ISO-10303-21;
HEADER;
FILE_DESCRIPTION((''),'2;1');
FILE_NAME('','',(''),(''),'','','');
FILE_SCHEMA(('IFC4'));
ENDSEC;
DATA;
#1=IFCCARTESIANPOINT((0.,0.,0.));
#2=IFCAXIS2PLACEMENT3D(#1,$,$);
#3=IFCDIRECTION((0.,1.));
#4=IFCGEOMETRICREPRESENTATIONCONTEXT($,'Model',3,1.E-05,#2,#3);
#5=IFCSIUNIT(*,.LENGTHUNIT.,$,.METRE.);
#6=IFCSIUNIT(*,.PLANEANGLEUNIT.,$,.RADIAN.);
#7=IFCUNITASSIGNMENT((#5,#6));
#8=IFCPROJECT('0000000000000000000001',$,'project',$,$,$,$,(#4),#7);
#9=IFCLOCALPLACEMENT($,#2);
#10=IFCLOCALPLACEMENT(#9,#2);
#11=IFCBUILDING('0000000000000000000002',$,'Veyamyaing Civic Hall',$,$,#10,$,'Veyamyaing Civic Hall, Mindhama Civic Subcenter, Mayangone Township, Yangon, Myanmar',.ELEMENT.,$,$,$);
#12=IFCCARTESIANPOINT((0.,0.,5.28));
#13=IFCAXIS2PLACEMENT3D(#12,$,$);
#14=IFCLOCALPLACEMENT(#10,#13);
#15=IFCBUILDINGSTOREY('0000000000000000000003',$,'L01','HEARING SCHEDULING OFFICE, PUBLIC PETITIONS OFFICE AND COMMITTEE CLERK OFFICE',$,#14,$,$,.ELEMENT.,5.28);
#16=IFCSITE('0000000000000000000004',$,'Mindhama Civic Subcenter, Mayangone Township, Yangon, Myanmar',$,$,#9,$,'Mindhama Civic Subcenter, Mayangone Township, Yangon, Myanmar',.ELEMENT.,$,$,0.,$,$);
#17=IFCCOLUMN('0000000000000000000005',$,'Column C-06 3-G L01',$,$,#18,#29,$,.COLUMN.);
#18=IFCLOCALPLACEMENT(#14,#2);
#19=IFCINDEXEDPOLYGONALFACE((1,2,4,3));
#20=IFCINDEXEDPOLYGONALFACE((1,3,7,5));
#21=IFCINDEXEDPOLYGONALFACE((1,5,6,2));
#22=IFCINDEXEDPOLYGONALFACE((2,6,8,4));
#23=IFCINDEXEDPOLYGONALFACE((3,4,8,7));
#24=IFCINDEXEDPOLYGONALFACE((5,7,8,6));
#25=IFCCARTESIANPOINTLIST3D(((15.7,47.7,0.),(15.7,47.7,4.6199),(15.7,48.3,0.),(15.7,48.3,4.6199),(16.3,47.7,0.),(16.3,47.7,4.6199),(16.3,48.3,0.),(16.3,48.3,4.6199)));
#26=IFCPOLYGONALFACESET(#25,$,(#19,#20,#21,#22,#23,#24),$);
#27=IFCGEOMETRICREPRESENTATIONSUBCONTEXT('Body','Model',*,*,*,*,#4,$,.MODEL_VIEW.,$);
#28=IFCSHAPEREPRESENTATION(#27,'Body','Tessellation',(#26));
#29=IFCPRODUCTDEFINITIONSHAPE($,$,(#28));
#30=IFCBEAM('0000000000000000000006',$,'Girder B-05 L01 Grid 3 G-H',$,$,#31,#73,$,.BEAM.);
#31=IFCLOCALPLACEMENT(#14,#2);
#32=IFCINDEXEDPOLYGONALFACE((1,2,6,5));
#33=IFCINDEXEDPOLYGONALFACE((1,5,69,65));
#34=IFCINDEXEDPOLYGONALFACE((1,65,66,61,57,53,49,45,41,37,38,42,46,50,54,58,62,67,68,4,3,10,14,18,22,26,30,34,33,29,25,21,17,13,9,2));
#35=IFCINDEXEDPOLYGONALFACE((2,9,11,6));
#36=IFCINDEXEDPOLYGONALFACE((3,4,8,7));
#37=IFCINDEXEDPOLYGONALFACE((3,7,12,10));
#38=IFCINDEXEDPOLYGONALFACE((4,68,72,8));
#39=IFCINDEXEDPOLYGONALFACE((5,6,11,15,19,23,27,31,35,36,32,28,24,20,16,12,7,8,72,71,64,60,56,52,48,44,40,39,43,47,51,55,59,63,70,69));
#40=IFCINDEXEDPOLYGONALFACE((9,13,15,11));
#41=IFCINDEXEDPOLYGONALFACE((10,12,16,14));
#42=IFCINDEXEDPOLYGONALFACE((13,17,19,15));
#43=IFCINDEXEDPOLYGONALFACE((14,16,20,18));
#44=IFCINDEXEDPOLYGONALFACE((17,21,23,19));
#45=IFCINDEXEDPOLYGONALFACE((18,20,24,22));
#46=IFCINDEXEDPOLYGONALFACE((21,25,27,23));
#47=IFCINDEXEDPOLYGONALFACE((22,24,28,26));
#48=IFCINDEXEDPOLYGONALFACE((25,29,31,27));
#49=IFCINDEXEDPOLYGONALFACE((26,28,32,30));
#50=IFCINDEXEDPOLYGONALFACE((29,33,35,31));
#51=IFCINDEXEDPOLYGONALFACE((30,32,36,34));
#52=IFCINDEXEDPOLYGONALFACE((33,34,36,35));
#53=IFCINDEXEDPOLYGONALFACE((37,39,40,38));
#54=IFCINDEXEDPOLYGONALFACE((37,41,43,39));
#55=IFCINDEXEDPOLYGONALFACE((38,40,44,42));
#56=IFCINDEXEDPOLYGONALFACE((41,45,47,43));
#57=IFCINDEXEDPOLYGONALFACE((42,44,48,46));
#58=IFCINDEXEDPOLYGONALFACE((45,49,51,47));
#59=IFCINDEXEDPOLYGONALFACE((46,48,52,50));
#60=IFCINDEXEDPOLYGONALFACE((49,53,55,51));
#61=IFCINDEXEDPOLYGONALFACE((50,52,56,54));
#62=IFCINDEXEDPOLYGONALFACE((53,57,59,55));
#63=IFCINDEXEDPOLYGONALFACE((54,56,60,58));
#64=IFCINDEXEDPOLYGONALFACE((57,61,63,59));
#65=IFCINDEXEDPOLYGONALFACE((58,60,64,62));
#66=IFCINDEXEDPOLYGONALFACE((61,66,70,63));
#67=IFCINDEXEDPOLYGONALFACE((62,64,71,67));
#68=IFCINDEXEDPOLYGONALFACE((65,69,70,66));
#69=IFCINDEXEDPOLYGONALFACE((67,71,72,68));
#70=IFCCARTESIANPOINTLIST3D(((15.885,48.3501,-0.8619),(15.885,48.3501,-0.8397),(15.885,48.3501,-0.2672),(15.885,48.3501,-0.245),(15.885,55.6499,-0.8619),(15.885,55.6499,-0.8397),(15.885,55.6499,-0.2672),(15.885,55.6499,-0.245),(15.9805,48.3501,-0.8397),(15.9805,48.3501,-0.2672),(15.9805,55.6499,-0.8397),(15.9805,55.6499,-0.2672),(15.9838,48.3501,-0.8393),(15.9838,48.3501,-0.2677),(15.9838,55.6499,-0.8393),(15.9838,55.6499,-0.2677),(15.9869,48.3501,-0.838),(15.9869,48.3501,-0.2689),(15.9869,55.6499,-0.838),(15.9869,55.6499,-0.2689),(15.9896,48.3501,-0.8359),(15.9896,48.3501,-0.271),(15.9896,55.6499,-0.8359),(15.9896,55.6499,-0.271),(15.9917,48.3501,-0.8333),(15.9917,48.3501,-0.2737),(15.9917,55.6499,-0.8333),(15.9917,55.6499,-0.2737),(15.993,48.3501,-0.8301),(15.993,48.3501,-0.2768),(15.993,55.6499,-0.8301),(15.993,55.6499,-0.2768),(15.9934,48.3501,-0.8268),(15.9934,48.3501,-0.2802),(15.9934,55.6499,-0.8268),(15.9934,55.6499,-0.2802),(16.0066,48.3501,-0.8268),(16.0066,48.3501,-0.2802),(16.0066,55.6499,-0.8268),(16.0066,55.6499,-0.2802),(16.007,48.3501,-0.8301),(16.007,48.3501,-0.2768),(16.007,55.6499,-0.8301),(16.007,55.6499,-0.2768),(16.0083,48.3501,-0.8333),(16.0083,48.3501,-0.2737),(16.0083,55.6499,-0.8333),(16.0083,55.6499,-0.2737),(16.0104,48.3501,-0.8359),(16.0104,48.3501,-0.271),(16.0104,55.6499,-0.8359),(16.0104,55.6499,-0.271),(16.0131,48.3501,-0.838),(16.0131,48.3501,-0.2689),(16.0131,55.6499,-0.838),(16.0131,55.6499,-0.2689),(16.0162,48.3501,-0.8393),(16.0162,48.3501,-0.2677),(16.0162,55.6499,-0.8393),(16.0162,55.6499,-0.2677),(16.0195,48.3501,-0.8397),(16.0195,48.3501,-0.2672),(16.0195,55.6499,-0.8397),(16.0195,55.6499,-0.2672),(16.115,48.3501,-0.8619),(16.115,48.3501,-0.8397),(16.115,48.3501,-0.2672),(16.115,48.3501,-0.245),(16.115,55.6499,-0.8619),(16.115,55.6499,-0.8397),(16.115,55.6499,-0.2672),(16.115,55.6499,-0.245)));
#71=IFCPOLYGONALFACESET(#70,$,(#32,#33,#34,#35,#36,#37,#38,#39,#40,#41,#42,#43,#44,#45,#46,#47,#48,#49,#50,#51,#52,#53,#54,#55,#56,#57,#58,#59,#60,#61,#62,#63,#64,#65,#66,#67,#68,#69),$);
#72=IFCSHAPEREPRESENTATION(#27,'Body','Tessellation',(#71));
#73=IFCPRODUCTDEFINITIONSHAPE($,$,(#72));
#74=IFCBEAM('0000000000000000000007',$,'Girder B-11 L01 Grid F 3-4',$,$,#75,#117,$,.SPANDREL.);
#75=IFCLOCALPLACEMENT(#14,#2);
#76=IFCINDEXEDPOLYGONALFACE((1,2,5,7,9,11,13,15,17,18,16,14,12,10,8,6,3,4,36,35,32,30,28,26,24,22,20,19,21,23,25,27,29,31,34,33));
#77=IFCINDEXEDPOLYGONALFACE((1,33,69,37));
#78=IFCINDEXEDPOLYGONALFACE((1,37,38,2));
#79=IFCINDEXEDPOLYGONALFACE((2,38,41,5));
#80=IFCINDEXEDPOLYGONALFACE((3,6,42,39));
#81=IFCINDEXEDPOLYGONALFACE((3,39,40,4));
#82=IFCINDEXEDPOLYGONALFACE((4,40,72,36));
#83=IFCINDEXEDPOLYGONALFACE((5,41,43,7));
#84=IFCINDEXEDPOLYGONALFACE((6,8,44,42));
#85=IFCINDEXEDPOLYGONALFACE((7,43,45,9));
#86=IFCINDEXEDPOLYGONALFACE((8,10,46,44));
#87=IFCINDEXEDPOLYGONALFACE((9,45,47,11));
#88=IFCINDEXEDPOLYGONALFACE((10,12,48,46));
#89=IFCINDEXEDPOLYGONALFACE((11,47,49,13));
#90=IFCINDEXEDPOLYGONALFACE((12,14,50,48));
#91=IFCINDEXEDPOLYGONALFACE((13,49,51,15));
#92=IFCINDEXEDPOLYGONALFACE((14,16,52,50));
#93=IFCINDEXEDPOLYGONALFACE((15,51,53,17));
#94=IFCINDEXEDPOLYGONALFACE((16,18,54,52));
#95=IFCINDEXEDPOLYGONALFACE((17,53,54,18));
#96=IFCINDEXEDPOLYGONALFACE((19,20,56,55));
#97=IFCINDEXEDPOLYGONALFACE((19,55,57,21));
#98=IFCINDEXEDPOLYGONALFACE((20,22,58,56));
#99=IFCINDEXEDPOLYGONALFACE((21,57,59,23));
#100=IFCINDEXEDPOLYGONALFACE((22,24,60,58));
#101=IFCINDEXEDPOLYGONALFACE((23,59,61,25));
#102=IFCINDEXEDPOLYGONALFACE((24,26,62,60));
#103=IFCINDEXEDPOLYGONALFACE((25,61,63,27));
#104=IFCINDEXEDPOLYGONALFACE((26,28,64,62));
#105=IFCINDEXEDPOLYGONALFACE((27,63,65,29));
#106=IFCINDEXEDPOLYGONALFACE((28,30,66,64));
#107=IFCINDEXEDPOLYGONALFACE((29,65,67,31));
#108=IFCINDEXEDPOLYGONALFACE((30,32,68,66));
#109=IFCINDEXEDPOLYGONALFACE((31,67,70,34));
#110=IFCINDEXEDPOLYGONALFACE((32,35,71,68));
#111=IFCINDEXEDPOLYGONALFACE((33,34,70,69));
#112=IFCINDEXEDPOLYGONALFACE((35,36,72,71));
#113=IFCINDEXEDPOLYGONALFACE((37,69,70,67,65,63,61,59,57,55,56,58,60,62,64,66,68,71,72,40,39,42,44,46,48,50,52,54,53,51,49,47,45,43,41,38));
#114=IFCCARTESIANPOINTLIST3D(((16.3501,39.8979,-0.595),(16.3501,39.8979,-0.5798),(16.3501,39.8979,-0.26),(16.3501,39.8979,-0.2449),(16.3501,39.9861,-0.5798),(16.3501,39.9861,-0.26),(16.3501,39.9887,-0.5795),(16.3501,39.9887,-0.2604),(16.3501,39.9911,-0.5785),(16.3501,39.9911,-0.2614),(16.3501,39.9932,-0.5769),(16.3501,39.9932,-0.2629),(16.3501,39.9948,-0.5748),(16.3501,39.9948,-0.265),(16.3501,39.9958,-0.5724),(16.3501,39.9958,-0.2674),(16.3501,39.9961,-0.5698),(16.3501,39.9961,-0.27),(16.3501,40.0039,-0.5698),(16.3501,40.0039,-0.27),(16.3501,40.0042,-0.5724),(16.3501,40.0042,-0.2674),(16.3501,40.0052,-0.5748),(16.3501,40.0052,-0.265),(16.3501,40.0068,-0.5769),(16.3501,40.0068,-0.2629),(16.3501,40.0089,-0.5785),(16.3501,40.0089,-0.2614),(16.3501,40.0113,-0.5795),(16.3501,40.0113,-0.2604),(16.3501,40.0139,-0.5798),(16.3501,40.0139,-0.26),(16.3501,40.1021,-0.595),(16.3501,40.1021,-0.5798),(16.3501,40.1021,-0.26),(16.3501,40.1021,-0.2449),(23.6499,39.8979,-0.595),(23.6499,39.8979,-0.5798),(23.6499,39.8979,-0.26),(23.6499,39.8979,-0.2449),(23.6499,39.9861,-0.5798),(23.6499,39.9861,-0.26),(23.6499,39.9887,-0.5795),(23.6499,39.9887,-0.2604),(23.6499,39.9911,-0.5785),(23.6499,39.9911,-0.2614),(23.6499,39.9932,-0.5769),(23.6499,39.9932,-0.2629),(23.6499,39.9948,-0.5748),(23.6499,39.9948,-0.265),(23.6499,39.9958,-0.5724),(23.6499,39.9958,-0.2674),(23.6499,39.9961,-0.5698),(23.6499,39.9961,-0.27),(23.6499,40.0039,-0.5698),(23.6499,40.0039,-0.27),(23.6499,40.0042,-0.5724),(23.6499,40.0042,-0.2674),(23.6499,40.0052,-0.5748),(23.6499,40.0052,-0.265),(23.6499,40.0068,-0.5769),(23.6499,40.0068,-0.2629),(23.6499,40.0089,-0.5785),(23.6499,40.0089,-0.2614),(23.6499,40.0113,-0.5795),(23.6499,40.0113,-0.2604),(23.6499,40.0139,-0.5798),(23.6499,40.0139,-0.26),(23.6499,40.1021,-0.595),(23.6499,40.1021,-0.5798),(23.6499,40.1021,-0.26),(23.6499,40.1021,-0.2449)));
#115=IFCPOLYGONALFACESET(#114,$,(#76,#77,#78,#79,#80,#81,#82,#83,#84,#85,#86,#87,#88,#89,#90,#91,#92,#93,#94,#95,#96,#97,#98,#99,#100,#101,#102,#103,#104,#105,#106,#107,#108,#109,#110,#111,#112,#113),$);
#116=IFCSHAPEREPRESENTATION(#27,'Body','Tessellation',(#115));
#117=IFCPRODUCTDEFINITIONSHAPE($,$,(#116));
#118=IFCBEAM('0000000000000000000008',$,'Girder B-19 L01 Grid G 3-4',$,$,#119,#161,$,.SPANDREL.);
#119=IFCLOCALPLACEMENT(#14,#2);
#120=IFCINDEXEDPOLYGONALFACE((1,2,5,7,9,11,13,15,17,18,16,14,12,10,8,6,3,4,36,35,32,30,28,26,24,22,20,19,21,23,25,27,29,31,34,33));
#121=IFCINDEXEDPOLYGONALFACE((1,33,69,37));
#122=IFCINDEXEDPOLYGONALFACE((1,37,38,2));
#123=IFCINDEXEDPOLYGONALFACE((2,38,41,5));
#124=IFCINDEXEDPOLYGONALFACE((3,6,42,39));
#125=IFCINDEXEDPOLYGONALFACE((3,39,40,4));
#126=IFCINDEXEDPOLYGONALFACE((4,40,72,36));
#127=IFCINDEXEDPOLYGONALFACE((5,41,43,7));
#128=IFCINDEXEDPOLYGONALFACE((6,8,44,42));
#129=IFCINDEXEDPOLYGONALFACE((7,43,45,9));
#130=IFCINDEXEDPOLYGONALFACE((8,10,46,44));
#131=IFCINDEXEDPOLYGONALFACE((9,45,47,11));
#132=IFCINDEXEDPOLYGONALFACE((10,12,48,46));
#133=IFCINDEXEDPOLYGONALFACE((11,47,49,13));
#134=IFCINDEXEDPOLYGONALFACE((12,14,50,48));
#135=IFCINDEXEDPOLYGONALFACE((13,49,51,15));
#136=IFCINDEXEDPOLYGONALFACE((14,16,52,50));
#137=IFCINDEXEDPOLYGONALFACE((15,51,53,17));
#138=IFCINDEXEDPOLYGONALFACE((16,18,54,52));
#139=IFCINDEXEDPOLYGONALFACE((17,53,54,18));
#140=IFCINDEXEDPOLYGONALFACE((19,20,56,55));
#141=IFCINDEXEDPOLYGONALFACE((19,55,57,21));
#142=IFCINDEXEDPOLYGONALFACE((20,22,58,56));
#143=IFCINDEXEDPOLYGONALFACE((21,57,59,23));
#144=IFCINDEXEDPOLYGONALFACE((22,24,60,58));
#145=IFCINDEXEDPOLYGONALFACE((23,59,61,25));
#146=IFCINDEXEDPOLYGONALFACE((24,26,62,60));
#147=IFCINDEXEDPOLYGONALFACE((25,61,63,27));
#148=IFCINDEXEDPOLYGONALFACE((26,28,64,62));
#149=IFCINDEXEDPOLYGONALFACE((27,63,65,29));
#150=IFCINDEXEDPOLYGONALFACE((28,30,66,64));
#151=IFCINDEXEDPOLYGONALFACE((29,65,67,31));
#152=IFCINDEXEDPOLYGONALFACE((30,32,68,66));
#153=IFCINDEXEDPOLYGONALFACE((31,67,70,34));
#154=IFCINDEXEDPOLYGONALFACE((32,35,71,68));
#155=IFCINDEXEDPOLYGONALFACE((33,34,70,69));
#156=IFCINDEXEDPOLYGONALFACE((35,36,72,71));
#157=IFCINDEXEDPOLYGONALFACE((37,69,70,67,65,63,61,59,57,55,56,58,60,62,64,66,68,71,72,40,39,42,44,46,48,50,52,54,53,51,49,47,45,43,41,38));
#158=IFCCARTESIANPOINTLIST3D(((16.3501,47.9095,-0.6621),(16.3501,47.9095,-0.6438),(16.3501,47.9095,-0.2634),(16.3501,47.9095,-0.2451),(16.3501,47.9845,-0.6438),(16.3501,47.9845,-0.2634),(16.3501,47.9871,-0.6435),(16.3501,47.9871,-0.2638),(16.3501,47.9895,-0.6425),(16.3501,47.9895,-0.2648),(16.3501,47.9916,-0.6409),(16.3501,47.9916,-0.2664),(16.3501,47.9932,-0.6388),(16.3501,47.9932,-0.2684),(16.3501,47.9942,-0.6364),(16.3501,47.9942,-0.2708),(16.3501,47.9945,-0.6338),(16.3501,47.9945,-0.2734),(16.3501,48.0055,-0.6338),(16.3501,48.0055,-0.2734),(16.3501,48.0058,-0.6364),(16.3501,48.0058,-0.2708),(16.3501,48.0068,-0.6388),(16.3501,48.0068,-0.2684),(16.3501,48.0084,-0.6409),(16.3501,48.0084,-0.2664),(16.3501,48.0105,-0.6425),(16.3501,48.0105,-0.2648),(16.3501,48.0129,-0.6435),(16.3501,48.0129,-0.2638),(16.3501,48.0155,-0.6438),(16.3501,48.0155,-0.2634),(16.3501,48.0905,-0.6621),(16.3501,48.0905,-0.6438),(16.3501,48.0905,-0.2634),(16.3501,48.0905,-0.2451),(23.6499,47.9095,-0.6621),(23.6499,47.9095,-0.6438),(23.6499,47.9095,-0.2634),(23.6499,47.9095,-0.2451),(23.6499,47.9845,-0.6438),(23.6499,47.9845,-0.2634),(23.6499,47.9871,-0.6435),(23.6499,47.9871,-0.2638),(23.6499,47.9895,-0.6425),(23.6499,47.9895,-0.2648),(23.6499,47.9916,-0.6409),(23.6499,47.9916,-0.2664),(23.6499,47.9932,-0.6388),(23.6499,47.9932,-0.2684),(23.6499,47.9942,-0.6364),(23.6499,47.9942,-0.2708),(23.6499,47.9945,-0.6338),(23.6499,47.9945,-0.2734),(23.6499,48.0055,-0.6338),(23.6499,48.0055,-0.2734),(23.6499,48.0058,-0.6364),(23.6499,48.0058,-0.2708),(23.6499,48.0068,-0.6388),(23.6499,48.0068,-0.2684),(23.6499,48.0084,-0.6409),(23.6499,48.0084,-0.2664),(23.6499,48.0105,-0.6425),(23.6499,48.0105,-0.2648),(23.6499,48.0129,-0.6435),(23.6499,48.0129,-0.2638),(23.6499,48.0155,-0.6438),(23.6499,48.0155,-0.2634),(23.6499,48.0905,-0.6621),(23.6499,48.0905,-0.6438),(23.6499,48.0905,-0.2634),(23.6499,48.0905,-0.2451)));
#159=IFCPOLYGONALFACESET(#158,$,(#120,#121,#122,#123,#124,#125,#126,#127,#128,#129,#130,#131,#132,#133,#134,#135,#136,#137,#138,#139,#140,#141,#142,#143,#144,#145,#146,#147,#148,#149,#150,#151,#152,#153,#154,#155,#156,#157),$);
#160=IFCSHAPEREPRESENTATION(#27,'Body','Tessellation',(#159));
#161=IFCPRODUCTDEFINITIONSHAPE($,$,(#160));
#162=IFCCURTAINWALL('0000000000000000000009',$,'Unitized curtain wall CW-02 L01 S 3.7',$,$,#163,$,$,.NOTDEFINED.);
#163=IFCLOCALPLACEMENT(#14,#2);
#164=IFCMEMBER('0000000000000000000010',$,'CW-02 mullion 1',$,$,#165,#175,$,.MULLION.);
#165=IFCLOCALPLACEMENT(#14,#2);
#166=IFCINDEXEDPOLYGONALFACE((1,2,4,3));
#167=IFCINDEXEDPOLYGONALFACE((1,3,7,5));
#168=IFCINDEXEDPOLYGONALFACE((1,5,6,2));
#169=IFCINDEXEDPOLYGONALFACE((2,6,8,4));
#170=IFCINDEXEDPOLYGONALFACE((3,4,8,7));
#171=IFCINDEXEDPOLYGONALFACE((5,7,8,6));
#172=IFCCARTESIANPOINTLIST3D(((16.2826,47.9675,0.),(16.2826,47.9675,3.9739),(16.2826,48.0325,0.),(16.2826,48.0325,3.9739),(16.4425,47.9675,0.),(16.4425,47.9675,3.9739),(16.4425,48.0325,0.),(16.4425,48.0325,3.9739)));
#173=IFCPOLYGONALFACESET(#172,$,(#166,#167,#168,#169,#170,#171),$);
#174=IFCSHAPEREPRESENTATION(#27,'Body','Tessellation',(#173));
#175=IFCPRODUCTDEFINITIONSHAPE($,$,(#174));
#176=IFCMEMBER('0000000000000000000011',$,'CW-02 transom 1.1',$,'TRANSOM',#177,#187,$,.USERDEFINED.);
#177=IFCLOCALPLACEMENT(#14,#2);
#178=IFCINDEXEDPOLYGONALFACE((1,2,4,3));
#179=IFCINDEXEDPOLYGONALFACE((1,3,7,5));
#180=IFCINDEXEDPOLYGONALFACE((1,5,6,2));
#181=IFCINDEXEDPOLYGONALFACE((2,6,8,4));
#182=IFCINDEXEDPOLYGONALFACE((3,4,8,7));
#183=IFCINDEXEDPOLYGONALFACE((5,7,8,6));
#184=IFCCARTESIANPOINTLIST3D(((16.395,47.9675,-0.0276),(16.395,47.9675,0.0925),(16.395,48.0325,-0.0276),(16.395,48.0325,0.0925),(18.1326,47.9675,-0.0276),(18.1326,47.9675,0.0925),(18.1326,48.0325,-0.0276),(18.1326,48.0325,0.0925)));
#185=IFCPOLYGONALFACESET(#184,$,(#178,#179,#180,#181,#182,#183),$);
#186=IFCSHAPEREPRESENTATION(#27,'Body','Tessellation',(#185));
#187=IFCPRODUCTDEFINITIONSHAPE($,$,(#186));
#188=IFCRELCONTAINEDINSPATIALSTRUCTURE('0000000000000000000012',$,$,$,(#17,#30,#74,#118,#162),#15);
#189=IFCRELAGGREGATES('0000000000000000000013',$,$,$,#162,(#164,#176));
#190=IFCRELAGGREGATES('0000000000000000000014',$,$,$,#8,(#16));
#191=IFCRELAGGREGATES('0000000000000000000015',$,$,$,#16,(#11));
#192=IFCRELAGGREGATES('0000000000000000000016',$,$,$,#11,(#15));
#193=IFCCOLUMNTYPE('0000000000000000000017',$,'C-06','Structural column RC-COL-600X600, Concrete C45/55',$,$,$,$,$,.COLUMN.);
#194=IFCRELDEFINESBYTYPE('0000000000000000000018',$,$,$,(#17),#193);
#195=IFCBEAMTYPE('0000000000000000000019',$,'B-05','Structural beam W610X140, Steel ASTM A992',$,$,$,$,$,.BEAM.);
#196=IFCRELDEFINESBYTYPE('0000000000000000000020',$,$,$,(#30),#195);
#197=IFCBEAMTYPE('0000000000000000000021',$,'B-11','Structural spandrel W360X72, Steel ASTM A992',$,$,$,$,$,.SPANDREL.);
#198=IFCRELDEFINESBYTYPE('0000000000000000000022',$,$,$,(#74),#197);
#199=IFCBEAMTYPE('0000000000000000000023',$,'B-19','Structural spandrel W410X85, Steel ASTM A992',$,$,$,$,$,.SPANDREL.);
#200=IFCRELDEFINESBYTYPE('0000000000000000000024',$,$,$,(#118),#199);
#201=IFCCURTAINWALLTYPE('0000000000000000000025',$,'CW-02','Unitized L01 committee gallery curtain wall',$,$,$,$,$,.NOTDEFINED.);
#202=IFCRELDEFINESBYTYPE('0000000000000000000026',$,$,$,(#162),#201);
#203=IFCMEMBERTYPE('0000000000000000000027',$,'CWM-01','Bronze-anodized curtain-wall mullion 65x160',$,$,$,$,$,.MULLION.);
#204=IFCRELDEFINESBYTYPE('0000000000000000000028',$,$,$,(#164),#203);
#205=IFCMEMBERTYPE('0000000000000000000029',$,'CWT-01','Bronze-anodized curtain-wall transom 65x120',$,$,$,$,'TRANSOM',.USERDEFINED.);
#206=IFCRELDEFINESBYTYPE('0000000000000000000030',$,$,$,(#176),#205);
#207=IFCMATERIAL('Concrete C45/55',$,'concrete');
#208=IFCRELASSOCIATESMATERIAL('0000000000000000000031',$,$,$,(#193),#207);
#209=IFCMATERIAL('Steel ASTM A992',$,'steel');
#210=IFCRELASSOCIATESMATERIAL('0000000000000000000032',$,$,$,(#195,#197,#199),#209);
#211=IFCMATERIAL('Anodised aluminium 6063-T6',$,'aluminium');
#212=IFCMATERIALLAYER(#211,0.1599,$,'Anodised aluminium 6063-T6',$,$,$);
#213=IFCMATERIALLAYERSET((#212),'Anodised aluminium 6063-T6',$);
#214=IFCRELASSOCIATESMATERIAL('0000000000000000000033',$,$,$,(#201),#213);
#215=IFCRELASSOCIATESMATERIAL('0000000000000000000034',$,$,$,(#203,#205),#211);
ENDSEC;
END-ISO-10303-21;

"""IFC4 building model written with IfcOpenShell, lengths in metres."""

from ifc_helpers import new_model, si_unit, direction, frame, origin, origin_2d, place, context, subcontext, project, spatial, rectangle, i_section, extrude, material, layer, layer_set, material_profile, profile_set, type_object, element, aggregate, save


model = new_model("IFC4")

# Units and contexts
model_context = context("Model", 3, precision=1e-05, world=origin(), true_north=direction((0.0, 1.0)))
body_context = subcontext(model_context, "Body", "Model", "MODEL_VIEW")
ifc_project = project(units=[si_unit("LENGTHUNIT", "METRE"), si_unit("PLANEANGLEUNIT", "RADIAN")], contexts=[model_context])

# Site, building, storey
site_placement = place(None, origin())
site = spatial("IfcSite", under=ifc_project, at=site_placement, Name="Mindhama Civic Subcenter, Mayangone Township, Yangon, Myanmar", LongName="Mindhama Civic Subcenter, Mayangone Township, Yangon, Myanmar", CompositionType="ELEMENT", RefElevation=0.0)
building_placement = place(site_placement, origin())
building = spatial("IfcBuilding", under=site, at=building_placement, Name="Veyamyaing Civic Hall", LongName="Veyamyaing Civic Hall, Mindhama Civic Subcenter, Mayangone Township, Yangon, Myanmar", CompositionType="ELEMENT")
storey_placement = place(building_placement, frame((0.0, 0.0, 5.28)))
storey = spatial("IfcBuildingStorey", under=building, at=storey_placement, Name="L01", Description="HEARING SCHEDULING OFFICE, PUBLIC PETITIONS OFFICE AND COMMITTEE CLERK OFFICE", CompositionType="ELEMENT", Elevation=5.28)

# Column
ifc_material_1 = material(Name="Concrete C45/55", Category="concrete")
ifc_material_profile_1 = material_profile(ifc_material_1, rectangle(XDim=0.6001, YDim=0.6001, at=origin_2d()), Name="RC-COL-600X600")
ifc_profile_set_1 = profile_set([ifc_material_profile_1], Name="Concrete C45/55")
column_type = type_object("IfcColumnType", Name="C-06", Description="Structural column RC-COL-600X600, Concrete C45/55", PredefinedType="COLUMN", material=ifc_profile_set_1)
column_placement = place(storey_placement, frame((16.0, 48.0, 0.0), z_axis=(0.0, 0.0, 1.0), x_axis=(1.0, 0.0, 0.0)))
element("IfcColumn", 1, at=column_placement, inside=storey, type_object=column_type, Name="Column C-06 3-G L01", PredefinedType="COLUMN", context=body_context, shape_type="SweptSolid", body=[
    extrude(rectangle(XDim=0.6001, YDim=0.6001, at=origin_2d()), origin(), (0.0, 0.0, 1.0), 4.6199),
])

# Beams
ifc_material_2 = material(Name="Steel ASTM A992", Category="steel")
ifc_material_profile_2 = material_profile(ifc_material_2, i_section(OverallWidth=0.23, OverallDepth=0.6169, WebThickness=0.0132, FlangeThickness=0.0222, FilletRadius=0.0129, at=origin_2d()), Name="W610X140")
ifc_profile_set_2 = profile_set([ifc_material_profile_2], Name="Steel ASTM A992")
beam_type_1 = type_object("IfcBeamType", Name="B-05", Description="Structural beam W610X140, Steel ASTM A992", PredefinedType="BEAM", material=ifc_profile_set_2)
beam_1_placement = place(storey_placement, frame((16.0, 48.3501, -0.5535), z_axis=(0.0, 1.0, 0.0), x_axis=(-1.0, 0.0, 0.0)))
element("IfcBeam", 2, at=beam_1_placement, inside=storey, type_object=beam_type_1, Name="Girder B-05 L01 Grid 3 G-H", PredefinedType="BEAM", context=body_context, shape_type="SweptSolid", body=[
    extrude(i_section(OverallWidth=0.23, OverallDepth=0.6169, WebThickness=0.0132, FlangeThickness=0.0222, FilletRadius=0.0129, at=origin_2d()), origin(), (0.0, 0.0, 1.0), 7.2998),
])
ifc_material_profile_3 = material_profile(ifc_material_2, i_section(OverallWidth=0.2041, OverallDepth=0.3501, WebThickness=0.0078, FlangeThickness=0.0151, FilletRadius=0.01, at=origin_2d()), Name="W360X72")
ifc_profile_set_3 = profile_set([ifc_material_profile_3], Name="Steel ASTM A992")
beam_type_2 = type_object("IfcBeamType", Name="B-11", Description="Structural spandrel W360X72, Steel ASTM A992", PredefinedType="SPANDREL", material=ifc_profile_set_3)
beam_2_placement = place(storey_placement, frame((16.3501, 40.0, -0.4199), z_axis=(1.0, 0.0, 0.0), x_axis=(0.0, 1.0, 0.0)))
element("IfcBeam", 3, at=beam_2_placement, inside=storey, type_object=beam_type_2, Name="Girder B-11 L01 Grid F 3-4", PredefinedType="SPANDREL", context=body_context, shape_type="SweptSolid", body=[
    extrude(i_section(OverallWidth=0.2041, OverallDepth=0.3501, WebThickness=0.0078, FlangeThickness=0.0151, FilletRadius=0.01, at=origin_2d()), origin(), (0.0, 0.0, 1.0), 7.2998),
])
ifc_material_profile_4 = material_profile(ifc_material_2, i_section(OverallWidth=0.1809, OverallDepth=0.417, WebThickness=0.011, FlangeThickness=0.0183, FilletRadius=0.01, at=origin_2d()), Name="W410X85")
ifc_profile_set_4 = profile_set([ifc_material_profile_4], Name="Steel ASTM A992")
beam_type_3 = type_object("IfcBeamType", Name="B-19", Description="Structural spandrel W410X85, Steel ASTM A992", PredefinedType="SPANDREL", material=ifc_profile_set_4)
beam_3_placement = place(storey_placement, frame((16.3501, 48.0, -0.4536), z_axis=(1.0, 0.0, 0.0), x_axis=(0.0, 1.0, 0.0)))
element("IfcBeam", 4, at=beam_3_placement, inside=storey, type_object=beam_type_3, Name="Girder B-19 L01 Grid G 3-4", PredefinedType="SPANDREL", context=body_context, shape_type="SweptSolid", body=[
    extrude(i_section(OverallWidth=0.1809, OverallDepth=0.417, WebThickness=0.011, FlangeThickness=0.0183, FilletRadius=0.01, at=origin_2d()), origin(), (0.0, 0.0, 1.0), 7.2998),
])

# Curtain wall, members
ifc_material_3 = material(Name="Anodised aluminium 6063-T6", Category="aluminium")
ifc_layer_1 = layer(ifc_material_3, 0.1599, Name="Anodised aluminium 6063-T6")
ifc_layer_set_1 = layer_set([ifc_layer_1], Name="Anodised aluminium 6063-T6")
curtain_wall_type = type_object("IfcCurtainWallType", Name="CW-02", Description="Unitized L01 committee gallery curtain wall", PredefinedType="NOTDEFINED", material=ifc_layer_set_1)
curtain_wall_placement = place(storey_placement, origin())
curtain_wall = element("IfcCurtainWall", 5, at=curtain_wall_placement, inside=storey, type_object=curtain_wall_type, Name="Unitized curtain wall CW-02 L01 S 3.7", PredefinedType="NOTDEFINED")
ifc_material_profile_5 = material_profile(ifc_material_3, rectangle(XDim=0.0649, YDim=0.1599, at=origin_2d()), Name="ALU-MUL-65X160")
ifc_profile_set_5 = profile_set([ifc_material_profile_5], Name="Anodised aluminium 6063-T6")
member_type_1 = type_object("IfcMemberType", Name="CWM-01", Description="Bronze-anodized curtain-wall mullion 65x160", PredefinedType="MULLION", material=ifc_profile_set_5)
member_1_placement = place(storey_placement, frame((16.3625, 48.0, 0.0), z_axis=(0.0, 0.0, 1.0), x_axis=(0.0, 1.0, 0.0)))
member_1 = element("IfcMember", 6, at=member_1_placement, type_object=member_type_1, Name="CW-02 mullion 1", PredefinedType="MULLION", context=body_context, shape_type="SweptSolid", body=[
    extrude(rectangle(XDim=0.0649, YDim=0.1599, at=origin_2d()), origin(), (0.0, 0.0, 1.0), 3.9739),
])
ifc_material_profile_6 = material_profile(ifc_material_3, rectangle(XDim=0.0649, YDim=0.1201, at=origin_2d()), Name="ALU-TRN-65X120")
ifc_profile_set_6 = profile_set([ifc_material_profile_6], Name="Anodised aluminium 6063-T6")
member_type_2 = type_object("IfcMemberType", Name="CWT-01", Description="Bronze-anodized curtain-wall transom 65x120", ElementType="TRANSOM", PredefinedType="USERDEFINED", material=ifc_profile_set_6)
member_2_placement = place(storey_placement, frame((16.395, 48.0, 0.0325), z_axis=(1.0, 0.0, 0.0), x_axis=(0.0, 1.0, 0.0)))
member_2 = element("IfcMember", 7, at=member_2_placement, type_object=member_type_2, Name="CW-02 transom 1.1", ObjectType="TRANSOM", PredefinedType="USERDEFINED", context=body_context, shape_type="SweptSolid", body=[
    extrude(rectangle(XDim=0.0649, YDim=0.1201, at=origin_2d()), origin(), (0.0, 0.0, 1.0), 1.7375),
])
aggregate(curtain_wall, [member_1, member_2])

save(model, "model.ifc")
